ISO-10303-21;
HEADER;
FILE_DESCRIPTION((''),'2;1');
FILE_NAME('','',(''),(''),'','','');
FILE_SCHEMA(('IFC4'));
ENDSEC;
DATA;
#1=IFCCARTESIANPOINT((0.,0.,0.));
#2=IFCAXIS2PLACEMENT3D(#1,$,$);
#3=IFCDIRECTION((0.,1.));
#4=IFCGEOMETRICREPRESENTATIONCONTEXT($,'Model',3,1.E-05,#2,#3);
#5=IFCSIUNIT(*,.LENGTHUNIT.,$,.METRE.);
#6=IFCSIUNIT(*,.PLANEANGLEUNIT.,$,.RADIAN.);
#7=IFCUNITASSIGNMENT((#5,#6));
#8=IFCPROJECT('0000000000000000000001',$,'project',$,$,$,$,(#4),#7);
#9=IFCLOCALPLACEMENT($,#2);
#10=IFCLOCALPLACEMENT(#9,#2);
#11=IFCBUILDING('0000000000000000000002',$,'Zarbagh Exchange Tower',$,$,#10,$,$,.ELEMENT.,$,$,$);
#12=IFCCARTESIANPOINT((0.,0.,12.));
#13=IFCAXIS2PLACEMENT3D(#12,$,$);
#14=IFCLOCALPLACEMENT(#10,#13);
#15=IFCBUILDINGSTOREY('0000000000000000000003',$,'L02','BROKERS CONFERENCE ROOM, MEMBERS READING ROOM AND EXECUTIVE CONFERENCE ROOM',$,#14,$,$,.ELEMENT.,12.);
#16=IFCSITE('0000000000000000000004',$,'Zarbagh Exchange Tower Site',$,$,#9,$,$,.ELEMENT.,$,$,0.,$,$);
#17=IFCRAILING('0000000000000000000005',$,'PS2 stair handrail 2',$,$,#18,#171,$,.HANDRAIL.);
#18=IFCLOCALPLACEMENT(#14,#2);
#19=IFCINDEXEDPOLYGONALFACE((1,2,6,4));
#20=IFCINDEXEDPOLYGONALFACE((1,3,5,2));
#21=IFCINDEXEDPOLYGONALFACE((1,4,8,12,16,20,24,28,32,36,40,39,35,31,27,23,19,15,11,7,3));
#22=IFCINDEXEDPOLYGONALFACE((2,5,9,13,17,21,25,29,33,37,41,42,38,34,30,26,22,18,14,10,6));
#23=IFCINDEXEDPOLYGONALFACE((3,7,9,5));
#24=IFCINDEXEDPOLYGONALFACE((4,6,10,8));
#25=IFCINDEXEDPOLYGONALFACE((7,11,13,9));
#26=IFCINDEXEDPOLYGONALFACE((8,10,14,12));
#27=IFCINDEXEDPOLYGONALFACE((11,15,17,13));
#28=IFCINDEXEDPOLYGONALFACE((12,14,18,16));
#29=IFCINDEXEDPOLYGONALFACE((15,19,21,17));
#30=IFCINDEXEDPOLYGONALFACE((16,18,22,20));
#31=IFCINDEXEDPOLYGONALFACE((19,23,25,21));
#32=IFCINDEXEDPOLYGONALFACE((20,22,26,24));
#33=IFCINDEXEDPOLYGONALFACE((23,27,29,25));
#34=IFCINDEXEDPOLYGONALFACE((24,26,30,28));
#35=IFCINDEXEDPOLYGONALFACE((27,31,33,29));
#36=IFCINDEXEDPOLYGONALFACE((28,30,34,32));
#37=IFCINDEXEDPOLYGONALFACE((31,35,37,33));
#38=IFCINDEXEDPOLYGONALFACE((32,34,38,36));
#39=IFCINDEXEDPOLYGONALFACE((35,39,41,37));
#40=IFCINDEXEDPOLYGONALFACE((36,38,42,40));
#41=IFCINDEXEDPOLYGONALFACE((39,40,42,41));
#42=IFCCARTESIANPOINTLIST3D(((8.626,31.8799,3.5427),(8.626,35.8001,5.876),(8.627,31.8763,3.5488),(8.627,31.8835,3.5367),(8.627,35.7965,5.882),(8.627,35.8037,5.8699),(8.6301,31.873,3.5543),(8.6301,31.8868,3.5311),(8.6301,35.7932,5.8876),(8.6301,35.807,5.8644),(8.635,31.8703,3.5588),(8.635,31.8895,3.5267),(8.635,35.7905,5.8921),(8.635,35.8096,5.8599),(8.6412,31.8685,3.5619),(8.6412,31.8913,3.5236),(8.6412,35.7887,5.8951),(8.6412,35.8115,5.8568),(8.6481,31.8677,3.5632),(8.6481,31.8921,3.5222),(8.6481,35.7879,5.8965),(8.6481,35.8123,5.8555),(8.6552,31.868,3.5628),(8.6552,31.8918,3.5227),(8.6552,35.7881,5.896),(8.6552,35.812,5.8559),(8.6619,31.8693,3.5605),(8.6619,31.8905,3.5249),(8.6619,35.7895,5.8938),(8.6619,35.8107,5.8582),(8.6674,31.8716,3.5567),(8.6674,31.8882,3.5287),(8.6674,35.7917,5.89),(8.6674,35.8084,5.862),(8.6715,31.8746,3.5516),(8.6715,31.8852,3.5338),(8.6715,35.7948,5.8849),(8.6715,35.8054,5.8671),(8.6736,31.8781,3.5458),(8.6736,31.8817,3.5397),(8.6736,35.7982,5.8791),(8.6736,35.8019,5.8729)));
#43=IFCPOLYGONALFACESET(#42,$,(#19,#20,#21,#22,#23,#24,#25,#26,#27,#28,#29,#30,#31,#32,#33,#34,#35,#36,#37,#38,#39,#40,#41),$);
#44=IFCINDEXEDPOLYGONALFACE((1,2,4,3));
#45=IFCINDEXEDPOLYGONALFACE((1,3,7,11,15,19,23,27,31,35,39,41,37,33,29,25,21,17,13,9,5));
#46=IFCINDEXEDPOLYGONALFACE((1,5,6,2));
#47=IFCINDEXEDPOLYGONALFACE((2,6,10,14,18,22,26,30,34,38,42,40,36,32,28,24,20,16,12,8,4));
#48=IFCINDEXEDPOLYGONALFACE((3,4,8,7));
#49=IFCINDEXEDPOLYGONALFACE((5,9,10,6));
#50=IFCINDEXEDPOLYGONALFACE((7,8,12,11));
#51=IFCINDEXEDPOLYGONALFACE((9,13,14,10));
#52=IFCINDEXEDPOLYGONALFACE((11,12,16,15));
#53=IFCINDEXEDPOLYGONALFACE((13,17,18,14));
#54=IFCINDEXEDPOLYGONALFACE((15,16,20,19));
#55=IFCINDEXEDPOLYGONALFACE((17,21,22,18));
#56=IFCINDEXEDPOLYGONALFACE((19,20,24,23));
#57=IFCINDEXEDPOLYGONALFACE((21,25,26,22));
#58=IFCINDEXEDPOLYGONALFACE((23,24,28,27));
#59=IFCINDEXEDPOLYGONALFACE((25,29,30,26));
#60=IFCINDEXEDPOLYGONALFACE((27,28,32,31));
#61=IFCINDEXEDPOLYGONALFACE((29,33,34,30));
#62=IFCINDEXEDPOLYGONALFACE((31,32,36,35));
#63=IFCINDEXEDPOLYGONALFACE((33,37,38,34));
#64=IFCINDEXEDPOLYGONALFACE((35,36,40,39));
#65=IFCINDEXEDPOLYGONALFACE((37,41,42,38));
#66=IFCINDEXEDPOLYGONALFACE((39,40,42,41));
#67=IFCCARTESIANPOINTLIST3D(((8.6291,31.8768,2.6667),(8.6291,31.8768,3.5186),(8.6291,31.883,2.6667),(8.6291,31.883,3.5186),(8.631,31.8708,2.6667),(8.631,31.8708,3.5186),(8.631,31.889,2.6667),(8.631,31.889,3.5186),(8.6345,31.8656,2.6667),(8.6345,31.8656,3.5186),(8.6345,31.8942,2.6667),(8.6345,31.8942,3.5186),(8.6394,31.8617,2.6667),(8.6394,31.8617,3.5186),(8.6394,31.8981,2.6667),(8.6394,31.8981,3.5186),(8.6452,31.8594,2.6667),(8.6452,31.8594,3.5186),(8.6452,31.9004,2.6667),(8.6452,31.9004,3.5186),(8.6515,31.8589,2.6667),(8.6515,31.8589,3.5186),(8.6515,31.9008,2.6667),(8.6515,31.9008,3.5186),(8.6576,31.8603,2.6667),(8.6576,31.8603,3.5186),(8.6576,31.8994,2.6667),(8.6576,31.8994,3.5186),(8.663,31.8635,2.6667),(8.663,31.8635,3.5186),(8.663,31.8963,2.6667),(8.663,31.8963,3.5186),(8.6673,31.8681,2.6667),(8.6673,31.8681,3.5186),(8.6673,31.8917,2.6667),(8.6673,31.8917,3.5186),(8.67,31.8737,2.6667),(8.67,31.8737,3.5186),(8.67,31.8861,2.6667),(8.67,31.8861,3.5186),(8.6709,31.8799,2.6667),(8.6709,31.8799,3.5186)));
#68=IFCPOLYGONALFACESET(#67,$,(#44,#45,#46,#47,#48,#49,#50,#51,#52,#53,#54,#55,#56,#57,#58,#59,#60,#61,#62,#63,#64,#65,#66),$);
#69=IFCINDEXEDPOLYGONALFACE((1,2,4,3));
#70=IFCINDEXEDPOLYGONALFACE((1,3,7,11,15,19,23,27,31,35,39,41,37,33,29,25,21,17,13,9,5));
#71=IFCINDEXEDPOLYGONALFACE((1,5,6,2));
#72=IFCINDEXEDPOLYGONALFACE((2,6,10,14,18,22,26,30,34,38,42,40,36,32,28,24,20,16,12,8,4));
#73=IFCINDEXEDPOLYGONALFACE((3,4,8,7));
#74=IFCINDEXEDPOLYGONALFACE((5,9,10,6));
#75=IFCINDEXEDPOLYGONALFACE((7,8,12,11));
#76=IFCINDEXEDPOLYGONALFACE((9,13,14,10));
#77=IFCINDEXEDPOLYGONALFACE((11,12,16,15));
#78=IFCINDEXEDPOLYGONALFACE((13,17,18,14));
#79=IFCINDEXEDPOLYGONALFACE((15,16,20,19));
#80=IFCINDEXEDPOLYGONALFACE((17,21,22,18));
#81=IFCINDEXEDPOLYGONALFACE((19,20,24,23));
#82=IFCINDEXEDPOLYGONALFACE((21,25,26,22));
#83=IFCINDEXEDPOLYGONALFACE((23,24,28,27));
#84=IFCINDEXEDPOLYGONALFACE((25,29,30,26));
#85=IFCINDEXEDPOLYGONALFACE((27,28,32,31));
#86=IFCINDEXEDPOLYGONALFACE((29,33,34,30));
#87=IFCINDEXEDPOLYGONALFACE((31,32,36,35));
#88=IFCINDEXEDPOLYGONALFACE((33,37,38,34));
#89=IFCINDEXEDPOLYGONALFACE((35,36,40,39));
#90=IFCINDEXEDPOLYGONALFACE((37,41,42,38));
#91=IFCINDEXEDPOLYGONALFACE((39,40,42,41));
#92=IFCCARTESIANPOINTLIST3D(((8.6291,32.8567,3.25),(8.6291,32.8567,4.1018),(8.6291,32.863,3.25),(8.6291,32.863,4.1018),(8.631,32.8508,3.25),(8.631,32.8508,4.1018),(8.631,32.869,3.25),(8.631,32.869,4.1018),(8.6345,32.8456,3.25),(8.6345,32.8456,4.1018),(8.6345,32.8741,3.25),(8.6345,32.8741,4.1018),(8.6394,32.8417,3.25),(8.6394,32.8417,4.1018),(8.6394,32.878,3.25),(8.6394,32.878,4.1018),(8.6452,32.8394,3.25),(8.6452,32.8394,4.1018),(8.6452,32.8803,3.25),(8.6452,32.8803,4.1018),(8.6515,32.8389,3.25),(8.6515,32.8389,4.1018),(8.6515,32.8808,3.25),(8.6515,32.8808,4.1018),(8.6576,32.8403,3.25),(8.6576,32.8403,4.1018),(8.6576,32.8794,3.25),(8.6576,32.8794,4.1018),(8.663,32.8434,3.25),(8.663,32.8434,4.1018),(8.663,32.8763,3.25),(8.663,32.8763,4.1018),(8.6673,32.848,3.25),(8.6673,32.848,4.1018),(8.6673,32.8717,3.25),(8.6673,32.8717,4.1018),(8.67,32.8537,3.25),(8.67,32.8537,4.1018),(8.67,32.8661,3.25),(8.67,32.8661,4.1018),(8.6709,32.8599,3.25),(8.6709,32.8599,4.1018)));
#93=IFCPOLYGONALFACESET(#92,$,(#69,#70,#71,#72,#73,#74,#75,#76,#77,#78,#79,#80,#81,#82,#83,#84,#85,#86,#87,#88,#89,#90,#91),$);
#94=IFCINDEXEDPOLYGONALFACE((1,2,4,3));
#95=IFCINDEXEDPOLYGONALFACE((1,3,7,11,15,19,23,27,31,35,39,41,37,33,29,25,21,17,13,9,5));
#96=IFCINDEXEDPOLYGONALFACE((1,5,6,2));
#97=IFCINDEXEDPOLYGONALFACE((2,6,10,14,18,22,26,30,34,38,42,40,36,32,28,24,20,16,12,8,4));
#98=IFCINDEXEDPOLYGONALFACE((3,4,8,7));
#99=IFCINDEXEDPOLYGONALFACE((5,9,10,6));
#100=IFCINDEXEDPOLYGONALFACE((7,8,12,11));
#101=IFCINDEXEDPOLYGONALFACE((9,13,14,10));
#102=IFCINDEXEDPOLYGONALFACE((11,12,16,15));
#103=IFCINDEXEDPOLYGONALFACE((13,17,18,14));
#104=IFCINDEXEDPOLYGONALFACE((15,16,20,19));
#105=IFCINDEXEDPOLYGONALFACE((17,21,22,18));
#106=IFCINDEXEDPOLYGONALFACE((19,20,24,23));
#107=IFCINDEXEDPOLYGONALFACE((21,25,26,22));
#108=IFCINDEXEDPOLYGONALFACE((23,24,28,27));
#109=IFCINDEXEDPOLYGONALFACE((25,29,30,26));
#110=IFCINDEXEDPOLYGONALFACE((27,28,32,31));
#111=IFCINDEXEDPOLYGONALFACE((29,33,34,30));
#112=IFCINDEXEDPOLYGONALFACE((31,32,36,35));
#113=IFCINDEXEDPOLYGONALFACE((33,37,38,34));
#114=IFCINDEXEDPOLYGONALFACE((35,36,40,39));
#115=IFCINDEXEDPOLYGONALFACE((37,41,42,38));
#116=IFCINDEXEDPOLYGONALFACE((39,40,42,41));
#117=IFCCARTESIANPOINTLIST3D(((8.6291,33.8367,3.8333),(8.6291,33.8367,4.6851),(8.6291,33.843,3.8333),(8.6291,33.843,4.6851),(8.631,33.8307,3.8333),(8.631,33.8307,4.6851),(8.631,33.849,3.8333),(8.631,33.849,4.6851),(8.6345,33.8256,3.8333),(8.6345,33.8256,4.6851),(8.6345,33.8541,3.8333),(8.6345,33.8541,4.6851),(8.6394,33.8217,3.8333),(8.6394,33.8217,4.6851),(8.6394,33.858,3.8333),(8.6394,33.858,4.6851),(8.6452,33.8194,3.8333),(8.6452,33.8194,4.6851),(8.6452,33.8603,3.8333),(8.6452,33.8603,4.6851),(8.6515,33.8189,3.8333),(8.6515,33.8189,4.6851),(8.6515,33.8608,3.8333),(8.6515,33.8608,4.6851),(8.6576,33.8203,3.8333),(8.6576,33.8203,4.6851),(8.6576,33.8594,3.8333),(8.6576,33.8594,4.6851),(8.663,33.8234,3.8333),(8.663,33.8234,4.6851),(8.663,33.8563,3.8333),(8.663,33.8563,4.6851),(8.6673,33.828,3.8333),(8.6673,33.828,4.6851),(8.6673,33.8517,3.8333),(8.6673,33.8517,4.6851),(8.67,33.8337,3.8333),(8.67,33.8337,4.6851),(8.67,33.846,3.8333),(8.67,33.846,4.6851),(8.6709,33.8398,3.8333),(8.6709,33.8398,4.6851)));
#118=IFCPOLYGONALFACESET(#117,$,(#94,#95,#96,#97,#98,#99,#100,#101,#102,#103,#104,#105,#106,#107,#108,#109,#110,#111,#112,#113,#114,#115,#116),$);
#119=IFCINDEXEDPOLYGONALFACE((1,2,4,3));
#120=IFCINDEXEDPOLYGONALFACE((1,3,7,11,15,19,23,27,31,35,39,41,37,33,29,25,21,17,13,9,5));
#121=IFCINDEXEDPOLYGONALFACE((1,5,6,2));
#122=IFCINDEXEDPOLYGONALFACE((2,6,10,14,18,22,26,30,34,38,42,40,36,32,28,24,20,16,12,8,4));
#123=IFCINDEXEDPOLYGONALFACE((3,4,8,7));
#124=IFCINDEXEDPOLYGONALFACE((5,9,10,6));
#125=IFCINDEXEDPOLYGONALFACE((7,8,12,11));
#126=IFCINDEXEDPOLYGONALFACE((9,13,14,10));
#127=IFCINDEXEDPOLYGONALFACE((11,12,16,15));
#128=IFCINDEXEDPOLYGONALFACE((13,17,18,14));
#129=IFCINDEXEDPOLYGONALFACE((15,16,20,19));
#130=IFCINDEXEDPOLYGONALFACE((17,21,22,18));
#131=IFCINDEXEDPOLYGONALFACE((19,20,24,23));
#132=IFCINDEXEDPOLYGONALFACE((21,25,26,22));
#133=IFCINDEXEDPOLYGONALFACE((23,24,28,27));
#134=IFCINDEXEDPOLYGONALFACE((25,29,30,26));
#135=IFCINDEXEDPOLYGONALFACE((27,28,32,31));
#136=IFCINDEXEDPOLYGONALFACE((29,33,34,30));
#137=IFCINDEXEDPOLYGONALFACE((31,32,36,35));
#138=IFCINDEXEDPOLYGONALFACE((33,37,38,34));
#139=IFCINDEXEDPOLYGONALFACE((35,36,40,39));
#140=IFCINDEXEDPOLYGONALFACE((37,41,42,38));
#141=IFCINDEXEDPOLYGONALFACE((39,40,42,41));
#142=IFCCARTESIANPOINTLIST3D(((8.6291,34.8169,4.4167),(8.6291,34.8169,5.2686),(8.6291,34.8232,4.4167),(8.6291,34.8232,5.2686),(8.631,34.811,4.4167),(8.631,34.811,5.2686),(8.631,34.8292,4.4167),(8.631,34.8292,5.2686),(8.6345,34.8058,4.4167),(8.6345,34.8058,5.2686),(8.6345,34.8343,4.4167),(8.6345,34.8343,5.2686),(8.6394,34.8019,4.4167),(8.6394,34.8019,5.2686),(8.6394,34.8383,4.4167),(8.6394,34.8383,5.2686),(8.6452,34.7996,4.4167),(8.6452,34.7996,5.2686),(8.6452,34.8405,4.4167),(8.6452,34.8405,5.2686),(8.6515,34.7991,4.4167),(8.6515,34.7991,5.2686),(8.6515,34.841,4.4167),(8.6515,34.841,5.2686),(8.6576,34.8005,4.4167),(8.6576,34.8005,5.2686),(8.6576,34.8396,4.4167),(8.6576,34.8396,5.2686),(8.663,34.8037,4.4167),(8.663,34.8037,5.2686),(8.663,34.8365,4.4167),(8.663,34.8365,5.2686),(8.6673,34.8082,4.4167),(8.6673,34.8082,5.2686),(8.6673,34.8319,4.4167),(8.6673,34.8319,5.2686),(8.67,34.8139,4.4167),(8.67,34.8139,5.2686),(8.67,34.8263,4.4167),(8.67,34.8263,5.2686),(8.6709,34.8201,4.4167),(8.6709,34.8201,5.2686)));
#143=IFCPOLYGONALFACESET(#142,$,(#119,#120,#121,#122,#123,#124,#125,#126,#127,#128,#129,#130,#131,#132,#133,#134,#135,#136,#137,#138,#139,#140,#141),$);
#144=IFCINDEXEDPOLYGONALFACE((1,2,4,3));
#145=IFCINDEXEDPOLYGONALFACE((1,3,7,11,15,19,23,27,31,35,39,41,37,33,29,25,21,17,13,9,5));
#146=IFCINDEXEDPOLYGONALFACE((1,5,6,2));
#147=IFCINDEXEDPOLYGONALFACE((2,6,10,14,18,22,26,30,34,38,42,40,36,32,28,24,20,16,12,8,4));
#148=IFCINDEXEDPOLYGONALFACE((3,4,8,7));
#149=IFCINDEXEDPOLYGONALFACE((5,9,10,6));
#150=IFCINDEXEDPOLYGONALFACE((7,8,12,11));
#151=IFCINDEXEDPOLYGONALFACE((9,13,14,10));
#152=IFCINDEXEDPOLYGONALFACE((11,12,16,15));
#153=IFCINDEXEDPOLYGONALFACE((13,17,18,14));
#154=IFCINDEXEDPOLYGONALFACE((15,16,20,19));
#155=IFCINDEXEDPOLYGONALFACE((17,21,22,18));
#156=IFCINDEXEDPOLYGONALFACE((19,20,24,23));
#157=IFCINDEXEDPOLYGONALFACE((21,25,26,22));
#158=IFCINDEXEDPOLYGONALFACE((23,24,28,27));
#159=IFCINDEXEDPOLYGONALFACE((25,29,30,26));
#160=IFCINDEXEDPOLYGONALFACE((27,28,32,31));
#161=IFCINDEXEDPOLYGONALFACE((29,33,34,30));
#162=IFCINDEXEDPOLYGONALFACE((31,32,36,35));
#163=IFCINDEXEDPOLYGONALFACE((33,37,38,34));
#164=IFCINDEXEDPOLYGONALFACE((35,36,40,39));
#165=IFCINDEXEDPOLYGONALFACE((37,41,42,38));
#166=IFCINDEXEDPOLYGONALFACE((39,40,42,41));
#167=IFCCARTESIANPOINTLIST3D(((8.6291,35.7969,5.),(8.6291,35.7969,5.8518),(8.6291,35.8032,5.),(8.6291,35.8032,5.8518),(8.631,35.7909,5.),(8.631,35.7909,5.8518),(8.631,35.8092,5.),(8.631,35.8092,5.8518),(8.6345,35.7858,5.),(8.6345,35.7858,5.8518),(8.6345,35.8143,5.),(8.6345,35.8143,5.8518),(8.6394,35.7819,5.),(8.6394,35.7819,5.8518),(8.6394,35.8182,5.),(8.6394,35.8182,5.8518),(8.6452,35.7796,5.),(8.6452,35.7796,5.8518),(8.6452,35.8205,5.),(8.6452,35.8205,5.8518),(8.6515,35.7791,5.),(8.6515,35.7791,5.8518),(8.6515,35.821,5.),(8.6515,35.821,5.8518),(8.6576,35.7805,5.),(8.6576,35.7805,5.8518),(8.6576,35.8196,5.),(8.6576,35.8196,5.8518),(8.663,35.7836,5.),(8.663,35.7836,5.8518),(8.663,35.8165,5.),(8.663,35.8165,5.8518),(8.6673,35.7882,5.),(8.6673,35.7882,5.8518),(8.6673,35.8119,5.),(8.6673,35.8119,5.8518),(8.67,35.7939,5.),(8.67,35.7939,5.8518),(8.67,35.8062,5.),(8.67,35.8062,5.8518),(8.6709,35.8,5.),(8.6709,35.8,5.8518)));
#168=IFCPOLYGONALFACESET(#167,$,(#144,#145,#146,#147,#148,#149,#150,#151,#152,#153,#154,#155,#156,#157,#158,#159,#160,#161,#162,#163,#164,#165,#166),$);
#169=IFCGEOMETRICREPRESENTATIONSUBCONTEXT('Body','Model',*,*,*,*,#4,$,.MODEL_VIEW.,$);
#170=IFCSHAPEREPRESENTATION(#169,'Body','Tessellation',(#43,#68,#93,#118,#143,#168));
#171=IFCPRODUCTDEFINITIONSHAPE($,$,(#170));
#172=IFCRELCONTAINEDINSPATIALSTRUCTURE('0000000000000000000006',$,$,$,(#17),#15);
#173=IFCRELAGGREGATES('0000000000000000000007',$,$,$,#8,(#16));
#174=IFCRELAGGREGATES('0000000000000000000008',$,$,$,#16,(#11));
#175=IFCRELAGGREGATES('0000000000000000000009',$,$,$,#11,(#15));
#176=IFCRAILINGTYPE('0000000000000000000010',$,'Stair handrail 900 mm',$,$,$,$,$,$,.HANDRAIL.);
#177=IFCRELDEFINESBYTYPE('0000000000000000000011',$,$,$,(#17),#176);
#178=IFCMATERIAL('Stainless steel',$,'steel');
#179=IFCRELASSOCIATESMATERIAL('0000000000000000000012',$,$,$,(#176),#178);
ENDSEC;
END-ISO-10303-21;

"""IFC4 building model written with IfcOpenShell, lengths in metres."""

from ifc_helpers import new_model, si_unit, direction, frame, origin, origin_2d, place, context, subcontext, project, spatial, circle, extrude, material, type_object, element, save


model = new_model("IFC4")

# Units and contexts
model_context = context("Model", 3, precision=1e-05, world=origin(), true_north=direction((0.0, 1.0)))
body_context = subcontext(model_context, "Body", "Model", "MODEL_VIEW")
ifc_project = project(units=[si_unit("LENGTHUNIT", "METRE"), si_unit("PLANEANGLEUNIT", "RADIAN")], contexts=[model_context])

# Site, building, storey
site_placement = place(None, origin())
site = spatial("IfcSite", under=ifc_project, at=site_placement, Name="Zarbagh Exchange Tower Site", CompositionType="ELEMENT", RefElevation=0.0)
building_placement = place(site_placement, origin())
building = spatial("IfcBuilding", under=site, at=building_placement, Name="Zarbagh Exchange Tower", CompositionType="ELEMENT")
storey_placement = place(building_placement, frame((0.0, 0.0, 12.0)))
storey = spatial("IfcBuildingStorey", under=building, at=storey_placement, Name="L02", Description="BROKERS CONFERENCE ROOM, MEMBERS READING ROOM AND EXECUTIVE CONFERENCE ROOM", CompositionType="ELEMENT", Elevation=12.0)

# Railing
ifc_material_1 = material(Name="Stainless steel", Category="steel")
railing_type_1 = type_object("IfcRailingType", Name="Stair handrail 900 mm", PredefinedType="HANDRAIL", material=ifc_material_1)
railing_1_placement = place(storey_placement, frame((8.6499, 31.8799, 2.6667)))
element("IfcRailing", 1, at=railing_1_placement, inside=storey, type_object=railing_type_1, Name="PS2 stair handrail 2", PredefinedType="HANDRAIL", context=body_context, shape_type="SweptSolid", body=[
    extrude(circle(Radius=0.0239, at=origin_2d()), frame((0.0, 0.0, 0.876), z_axis=(0.0, 0.85931, 0.511455), x_axis=(-1.0, 0.0, 0.0)), (0.0, 0.0, 1.0), 4.562),
    extrude(circle(Radius=0.021, at=origin_2d()), origin(), (0.0, 0.0, 1.0), 0.8518),
    extrude(circle(Radius=0.021, at=origin_2d()), frame((0.0, 0.98, 0.5833)), (0.0, 0.0, 1.0), 0.8518),
    extrude(circle(Radius=0.021, at=origin_2d()), frame((0.0, 1.96, 1.1665)), (0.0, 0.0, 1.0), 0.8518),
    extrude(circle(Radius=0.021, at=origin_2d()), frame((0.0, 2.9402, 1.75)), (0.0, 0.0, 1.0), 0.8518),
    extrude(circle(Radius=0.021, at=origin_2d()), frame((0.0, 3.9202, 2.3333)), (0.0, 0.0, 1.0), 0.8518),
])

save(model, "model.ifc")
